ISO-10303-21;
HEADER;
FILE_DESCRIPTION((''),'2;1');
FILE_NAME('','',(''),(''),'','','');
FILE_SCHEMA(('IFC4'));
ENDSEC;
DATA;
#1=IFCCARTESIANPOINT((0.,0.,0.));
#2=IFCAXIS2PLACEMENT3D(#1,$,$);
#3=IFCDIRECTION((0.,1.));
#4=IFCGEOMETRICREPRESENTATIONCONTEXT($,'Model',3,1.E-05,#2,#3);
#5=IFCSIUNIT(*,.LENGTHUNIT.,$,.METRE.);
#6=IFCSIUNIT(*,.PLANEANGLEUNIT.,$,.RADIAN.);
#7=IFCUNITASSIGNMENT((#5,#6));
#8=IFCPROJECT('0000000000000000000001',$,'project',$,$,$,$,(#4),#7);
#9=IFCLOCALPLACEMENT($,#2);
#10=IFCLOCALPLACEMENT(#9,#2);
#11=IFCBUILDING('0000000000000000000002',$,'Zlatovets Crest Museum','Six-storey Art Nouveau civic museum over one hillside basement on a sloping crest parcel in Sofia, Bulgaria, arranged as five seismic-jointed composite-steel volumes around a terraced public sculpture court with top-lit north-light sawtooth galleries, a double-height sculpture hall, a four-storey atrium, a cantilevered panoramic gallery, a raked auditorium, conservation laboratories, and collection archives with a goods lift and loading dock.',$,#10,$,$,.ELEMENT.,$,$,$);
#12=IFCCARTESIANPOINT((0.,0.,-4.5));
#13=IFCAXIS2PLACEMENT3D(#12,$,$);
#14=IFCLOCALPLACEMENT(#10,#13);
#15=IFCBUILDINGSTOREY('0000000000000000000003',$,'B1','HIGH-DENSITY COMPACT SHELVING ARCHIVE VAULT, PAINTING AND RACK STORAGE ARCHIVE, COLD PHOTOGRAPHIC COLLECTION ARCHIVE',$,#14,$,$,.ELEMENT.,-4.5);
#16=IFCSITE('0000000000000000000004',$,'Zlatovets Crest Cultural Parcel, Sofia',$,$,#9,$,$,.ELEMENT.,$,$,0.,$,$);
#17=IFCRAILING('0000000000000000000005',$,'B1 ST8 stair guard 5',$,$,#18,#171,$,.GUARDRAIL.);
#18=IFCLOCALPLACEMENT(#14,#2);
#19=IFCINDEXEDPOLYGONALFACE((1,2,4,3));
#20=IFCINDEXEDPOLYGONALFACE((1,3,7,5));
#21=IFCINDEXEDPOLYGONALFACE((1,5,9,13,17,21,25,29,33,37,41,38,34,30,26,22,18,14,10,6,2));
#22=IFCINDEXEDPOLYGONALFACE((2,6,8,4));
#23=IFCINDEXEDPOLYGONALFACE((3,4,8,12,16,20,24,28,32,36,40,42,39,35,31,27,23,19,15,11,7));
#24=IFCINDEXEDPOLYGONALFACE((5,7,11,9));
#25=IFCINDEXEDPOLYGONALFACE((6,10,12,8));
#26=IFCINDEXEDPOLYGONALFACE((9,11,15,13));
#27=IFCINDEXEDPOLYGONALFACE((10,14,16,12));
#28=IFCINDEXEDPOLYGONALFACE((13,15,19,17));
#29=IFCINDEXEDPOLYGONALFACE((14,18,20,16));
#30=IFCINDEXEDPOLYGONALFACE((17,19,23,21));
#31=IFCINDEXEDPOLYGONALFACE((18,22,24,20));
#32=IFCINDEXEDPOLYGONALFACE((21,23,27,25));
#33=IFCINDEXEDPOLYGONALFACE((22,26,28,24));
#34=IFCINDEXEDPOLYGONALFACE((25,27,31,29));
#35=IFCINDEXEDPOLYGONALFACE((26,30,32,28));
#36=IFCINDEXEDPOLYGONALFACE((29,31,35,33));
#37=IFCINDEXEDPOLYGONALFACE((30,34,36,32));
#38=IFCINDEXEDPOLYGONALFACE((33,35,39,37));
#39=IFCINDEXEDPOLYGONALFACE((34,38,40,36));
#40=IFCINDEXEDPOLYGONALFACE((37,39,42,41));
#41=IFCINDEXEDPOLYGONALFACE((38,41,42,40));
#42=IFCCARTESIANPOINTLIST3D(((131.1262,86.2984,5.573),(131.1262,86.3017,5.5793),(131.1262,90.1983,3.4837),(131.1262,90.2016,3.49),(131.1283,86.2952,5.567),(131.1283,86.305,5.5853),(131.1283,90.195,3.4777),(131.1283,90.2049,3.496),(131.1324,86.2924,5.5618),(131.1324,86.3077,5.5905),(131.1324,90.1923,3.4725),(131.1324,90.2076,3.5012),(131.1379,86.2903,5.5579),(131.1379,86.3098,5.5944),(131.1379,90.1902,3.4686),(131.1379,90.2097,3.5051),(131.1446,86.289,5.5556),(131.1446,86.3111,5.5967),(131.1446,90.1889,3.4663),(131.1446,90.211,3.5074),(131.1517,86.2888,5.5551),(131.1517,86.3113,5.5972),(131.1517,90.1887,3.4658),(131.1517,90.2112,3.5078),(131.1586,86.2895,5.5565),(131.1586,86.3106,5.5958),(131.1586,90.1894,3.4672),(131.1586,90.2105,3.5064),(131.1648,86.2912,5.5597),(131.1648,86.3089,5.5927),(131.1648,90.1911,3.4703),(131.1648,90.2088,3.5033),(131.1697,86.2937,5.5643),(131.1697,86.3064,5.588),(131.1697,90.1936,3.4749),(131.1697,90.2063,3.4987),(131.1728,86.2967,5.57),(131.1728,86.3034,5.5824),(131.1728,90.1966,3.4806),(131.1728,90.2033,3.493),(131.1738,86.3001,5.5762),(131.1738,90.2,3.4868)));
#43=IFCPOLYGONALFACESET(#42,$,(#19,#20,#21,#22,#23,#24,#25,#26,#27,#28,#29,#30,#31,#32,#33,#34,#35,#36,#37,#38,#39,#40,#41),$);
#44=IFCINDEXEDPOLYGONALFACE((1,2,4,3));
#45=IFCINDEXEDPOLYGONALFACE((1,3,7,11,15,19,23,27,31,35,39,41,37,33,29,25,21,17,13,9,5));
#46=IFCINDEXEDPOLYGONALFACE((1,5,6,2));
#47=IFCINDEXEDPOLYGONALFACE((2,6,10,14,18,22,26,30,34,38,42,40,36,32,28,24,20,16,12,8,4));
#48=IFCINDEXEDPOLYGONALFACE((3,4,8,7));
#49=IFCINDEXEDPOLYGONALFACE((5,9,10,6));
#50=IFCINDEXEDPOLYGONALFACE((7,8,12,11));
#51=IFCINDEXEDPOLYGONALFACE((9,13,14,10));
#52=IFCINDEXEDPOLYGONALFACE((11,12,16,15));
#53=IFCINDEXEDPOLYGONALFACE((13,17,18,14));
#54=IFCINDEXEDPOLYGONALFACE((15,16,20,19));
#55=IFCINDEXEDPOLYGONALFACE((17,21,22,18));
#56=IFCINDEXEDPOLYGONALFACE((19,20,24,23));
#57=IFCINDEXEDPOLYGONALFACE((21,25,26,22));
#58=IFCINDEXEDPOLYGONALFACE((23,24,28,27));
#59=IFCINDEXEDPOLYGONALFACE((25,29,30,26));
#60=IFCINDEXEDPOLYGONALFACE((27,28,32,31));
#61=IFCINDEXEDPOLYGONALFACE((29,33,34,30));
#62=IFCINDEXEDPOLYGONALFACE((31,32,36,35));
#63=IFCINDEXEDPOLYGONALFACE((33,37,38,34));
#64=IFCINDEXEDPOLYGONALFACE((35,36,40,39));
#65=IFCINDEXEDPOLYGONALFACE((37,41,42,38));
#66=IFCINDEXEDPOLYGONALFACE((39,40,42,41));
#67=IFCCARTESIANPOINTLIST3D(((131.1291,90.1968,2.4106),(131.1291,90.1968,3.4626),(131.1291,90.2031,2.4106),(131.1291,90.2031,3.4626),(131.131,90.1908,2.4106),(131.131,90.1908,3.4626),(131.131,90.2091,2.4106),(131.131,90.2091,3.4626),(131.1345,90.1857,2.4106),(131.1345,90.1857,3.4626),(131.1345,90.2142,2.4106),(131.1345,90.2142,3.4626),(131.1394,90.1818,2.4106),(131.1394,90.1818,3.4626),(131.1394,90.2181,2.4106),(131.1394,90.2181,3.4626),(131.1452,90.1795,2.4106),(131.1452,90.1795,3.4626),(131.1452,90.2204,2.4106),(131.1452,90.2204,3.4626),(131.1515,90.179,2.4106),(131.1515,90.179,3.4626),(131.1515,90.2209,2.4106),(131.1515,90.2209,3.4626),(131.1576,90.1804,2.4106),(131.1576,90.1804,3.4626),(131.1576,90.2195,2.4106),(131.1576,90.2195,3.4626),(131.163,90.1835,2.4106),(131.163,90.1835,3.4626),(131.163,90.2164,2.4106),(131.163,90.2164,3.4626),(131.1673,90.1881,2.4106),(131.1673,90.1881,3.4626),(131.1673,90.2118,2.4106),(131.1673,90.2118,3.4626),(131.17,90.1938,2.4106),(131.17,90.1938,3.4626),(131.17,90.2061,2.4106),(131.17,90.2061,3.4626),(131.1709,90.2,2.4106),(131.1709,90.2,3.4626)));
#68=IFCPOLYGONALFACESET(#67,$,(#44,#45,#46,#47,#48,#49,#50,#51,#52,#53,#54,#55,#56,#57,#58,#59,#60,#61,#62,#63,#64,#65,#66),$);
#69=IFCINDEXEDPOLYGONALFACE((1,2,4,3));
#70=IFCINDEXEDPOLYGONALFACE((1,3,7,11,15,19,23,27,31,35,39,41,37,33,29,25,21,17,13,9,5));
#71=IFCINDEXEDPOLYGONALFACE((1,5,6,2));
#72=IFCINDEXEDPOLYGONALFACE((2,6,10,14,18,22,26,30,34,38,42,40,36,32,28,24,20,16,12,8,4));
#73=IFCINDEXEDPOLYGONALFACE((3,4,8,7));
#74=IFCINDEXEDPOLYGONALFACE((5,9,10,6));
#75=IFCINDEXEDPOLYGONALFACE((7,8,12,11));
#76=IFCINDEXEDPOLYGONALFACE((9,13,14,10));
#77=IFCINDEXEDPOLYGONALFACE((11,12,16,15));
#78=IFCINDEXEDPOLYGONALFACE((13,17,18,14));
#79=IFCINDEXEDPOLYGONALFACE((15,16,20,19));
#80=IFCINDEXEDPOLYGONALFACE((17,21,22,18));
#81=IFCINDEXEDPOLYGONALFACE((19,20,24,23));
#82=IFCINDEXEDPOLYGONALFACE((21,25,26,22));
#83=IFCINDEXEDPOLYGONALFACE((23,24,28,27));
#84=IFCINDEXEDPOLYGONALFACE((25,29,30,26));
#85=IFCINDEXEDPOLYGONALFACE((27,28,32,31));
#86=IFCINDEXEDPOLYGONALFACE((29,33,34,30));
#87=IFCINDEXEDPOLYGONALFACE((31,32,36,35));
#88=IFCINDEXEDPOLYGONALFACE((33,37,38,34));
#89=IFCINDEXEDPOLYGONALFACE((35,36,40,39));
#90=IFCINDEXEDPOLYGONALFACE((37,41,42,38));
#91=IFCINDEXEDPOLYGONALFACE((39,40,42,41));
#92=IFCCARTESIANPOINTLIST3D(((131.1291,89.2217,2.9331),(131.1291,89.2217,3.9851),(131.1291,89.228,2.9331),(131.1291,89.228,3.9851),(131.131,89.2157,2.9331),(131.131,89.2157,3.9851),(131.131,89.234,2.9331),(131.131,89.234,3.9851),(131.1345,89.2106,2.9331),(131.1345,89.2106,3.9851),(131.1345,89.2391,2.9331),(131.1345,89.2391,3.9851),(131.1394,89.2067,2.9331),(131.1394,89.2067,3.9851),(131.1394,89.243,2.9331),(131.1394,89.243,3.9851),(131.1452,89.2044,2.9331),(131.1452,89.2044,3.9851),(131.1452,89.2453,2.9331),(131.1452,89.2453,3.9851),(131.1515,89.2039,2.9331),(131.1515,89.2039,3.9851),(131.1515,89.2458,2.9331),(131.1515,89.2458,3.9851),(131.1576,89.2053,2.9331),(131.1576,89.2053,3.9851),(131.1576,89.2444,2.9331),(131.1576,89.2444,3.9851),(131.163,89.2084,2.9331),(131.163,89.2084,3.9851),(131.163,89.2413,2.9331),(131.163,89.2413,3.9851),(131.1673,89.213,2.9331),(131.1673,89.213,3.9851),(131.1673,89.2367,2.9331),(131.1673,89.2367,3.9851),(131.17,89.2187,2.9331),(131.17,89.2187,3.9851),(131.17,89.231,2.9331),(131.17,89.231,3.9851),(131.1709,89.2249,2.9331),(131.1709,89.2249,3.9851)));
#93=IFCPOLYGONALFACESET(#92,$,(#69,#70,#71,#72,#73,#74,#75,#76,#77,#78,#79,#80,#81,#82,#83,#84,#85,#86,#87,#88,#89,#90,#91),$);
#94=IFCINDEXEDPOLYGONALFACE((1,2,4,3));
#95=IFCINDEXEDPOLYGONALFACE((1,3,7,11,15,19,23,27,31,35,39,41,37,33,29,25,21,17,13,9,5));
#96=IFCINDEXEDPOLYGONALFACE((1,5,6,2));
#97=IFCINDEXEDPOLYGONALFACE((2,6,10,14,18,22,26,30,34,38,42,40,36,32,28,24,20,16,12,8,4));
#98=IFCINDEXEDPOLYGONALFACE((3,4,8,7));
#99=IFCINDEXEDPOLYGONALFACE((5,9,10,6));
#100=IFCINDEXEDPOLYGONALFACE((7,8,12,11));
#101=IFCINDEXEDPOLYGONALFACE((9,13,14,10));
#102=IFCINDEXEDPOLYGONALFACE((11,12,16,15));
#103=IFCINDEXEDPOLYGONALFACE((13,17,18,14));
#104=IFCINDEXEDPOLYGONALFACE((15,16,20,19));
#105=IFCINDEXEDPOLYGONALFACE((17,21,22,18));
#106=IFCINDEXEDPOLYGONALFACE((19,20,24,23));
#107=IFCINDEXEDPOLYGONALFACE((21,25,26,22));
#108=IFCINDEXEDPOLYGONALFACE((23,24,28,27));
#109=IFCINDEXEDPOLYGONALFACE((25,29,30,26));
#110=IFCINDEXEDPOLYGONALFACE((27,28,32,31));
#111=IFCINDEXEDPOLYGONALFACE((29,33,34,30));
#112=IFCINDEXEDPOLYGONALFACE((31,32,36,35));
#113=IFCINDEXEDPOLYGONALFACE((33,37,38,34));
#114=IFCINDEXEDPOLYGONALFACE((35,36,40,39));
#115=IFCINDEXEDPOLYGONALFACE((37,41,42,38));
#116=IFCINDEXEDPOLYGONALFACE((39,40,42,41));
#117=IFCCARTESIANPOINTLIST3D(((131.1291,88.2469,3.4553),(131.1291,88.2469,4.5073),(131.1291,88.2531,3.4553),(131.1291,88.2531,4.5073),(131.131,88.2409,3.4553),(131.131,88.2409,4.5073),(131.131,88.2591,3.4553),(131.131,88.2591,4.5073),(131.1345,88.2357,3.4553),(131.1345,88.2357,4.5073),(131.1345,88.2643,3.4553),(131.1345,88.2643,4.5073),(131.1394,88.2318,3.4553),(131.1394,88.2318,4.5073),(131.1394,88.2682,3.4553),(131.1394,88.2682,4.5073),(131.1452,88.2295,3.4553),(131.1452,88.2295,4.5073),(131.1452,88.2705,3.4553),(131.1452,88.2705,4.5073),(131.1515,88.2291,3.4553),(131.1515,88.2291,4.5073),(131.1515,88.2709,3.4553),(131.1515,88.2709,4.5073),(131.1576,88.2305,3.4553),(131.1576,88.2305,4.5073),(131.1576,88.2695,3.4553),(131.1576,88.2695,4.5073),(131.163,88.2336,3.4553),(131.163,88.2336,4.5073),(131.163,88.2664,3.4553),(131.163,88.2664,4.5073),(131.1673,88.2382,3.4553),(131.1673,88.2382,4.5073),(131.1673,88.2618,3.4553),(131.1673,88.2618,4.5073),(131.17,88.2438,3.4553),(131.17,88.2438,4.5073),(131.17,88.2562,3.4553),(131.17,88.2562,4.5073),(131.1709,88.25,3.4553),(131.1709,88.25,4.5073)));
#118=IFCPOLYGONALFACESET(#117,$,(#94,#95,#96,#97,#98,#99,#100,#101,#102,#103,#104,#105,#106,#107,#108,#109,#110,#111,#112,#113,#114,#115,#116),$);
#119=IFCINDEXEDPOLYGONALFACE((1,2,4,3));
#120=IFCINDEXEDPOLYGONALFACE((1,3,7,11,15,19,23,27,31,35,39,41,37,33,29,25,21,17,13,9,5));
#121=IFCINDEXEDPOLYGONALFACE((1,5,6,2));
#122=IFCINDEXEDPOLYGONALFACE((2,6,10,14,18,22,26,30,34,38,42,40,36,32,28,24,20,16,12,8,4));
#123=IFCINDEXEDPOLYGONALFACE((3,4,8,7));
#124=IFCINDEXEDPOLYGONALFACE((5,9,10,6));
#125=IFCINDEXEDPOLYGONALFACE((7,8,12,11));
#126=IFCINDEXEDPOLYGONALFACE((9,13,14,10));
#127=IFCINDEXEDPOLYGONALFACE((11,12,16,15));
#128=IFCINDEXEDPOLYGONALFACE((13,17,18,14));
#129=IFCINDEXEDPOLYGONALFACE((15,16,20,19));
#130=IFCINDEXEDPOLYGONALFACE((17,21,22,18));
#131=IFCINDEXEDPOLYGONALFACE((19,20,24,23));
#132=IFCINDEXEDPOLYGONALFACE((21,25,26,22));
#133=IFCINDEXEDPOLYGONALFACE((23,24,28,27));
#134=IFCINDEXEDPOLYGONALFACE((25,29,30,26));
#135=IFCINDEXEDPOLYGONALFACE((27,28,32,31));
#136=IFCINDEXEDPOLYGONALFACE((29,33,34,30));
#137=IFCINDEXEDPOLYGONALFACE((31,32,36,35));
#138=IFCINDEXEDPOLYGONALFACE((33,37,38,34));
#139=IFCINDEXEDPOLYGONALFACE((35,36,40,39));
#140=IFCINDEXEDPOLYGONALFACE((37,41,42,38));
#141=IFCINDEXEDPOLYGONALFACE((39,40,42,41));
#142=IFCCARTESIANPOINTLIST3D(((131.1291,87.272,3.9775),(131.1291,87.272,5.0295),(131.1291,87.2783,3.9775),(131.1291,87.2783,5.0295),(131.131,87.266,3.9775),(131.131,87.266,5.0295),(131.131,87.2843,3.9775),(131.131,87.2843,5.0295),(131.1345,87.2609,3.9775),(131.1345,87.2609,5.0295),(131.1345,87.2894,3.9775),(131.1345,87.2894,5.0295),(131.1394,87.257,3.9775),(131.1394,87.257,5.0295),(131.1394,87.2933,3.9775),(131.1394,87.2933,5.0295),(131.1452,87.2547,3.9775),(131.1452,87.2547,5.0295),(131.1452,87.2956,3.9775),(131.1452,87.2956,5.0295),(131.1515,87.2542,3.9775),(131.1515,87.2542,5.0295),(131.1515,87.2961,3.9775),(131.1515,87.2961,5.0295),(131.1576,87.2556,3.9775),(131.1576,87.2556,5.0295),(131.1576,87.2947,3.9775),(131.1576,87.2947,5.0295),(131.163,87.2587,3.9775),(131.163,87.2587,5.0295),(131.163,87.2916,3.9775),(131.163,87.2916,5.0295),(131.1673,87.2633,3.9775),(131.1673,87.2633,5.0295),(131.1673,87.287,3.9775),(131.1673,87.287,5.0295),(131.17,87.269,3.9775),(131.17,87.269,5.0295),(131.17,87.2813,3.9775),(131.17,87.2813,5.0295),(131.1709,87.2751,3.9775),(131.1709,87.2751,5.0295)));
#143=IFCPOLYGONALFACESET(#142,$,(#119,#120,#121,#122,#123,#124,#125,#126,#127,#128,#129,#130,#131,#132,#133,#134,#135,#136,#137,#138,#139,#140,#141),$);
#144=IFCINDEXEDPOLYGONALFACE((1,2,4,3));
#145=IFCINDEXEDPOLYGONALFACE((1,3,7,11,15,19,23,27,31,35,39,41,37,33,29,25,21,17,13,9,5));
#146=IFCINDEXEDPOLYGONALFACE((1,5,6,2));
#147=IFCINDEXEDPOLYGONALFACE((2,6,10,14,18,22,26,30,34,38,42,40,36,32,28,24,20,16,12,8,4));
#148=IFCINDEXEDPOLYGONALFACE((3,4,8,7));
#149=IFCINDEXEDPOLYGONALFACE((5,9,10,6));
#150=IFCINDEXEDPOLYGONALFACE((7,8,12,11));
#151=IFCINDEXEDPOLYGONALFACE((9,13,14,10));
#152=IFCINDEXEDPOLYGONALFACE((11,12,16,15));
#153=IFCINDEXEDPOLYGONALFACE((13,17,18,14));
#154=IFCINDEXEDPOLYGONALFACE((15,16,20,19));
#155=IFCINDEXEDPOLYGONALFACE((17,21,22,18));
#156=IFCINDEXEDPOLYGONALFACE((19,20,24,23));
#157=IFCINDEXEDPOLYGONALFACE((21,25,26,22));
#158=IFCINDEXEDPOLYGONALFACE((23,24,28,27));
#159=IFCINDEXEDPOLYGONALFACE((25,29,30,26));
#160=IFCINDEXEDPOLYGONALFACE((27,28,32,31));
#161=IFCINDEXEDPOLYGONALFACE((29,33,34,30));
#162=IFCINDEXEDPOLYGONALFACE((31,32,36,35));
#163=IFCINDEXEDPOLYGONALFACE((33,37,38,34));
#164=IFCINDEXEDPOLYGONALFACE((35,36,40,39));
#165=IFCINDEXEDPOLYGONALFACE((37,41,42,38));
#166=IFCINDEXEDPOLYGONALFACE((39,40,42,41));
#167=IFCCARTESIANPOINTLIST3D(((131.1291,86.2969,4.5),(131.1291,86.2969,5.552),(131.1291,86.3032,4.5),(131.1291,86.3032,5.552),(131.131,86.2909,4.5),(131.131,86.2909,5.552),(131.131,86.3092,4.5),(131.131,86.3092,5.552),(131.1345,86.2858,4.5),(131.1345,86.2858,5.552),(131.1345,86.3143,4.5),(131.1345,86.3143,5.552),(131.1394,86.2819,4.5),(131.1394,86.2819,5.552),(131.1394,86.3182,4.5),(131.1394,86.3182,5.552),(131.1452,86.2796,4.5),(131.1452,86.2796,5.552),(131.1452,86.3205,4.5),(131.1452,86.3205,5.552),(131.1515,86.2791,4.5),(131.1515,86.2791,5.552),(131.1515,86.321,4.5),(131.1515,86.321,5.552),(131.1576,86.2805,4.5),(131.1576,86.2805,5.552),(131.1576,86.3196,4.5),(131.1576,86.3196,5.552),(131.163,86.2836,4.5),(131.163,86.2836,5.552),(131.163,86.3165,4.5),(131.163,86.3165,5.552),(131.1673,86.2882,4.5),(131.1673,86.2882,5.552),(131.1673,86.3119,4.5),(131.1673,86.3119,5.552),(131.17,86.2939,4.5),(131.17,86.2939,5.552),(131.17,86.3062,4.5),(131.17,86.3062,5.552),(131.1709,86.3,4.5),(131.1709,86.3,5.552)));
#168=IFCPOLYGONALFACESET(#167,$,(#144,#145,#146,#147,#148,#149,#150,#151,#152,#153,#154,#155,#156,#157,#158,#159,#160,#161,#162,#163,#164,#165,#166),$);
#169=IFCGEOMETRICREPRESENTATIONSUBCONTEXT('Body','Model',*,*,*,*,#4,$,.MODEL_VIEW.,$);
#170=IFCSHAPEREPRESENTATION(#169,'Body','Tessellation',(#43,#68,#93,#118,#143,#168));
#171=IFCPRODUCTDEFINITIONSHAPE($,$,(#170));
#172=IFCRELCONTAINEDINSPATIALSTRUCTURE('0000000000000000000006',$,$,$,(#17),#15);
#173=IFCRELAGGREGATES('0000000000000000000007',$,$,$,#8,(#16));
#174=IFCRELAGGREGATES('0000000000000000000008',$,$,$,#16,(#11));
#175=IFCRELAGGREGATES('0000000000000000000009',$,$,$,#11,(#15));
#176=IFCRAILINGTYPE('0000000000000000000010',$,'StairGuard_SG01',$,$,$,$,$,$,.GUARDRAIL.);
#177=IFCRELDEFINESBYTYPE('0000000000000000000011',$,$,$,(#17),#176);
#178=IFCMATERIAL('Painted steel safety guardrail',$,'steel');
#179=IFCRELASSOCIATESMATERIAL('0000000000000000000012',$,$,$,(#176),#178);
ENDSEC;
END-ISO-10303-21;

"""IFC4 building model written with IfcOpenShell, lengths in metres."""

from ifc_helpers import new_model, si_unit, direction, frame, origin, origin_2d, place, context, subcontext, project, spatial, circle, extrude, material, type_object, element, save


model = new_model("IFC4")

# Units and contexts
model_context = context("Model", 3, precision=1e-05, world=origin(), true_north=direction((0.0, 1.0)))
body_context = subcontext(model_context, "Body", "Model", "MODEL_VIEW")
ifc_project = project(units=[si_unit("LENGTHUNIT", "METRE"), si_unit("PLANEANGLEUNIT", "RADIAN")], contexts=[model_context])

# Site, building, storey
site_placement = place(None, origin())
site = spatial("IfcSite", under=ifc_project, at=site_placement, Name="Zlatovets Crest Cultural Parcel, Sofia", CompositionType="ELEMENT", RefElevation=0.0)
building_placement = place(site_placement, origin())
building = spatial("IfcBuilding", under=site, at=building_placement, Name="Zlatovets Crest Museum", Description="Six-storey Art Nouveau civic museum over one hillside basement on a sloping crest parcel in Sofia, Bulgaria, arranged as five seismic-jointed composite-steel volumes around a terraced public sculpture court with top-lit north-light sawtooth galleries, a double-height sculpture hall, a four-storey atrium, a cantilevered panoramic gallery, a raked auditorium, conservation laboratories, and collection archives with a goods lift and loading dock.", CompositionType="ELEMENT")
storey_placement = place(building_placement, frame((0.0, 0.0, -4.5)))
storey = spatial("IfcBuildingStorey", under=building, at=storey_placement, Name="B1", Description="HIGH-DENSITY COMPACT SHELVING ARCHIVE VAULT, PAINTING AND RACK STORAGE ARCHIVE, COLD PHOTOGRAPHIC COLLECTION ARCHIVE", CompositionType="ELEMENT", Elevation=-4.5)

# Railing
ifc_material_1 = material(Name="Painted steel safety guardrail", Category="steel")
railing_type_1 = type_object("IfcRailingType", Name="StairGuard_SG01", PredefinedType="GUARDRAIL", material=ifc_material_1)
railing_1_placement = place(storey_placement, frame((131.1499, 90.2, 2.4106)))
element("IfcRailing", 1, at=railing_1_placement, inside=storey, type_object=railing_type_1, Name="B1 ST8 stair guard 5", PredefinedType="GUARDRAIL", context=body_context, shape_type="SweptSolid", body=[
    extrude(circle(Radius=0.0239, at=origin_2d()), frame((0.0, 0.0, 1.0762), z_axis=(0.0, -0.881468, 0.472243), x_axis=(1.0, 0.0, 0.0)), (0.0, 0.0, 1.0), 4.4243),
    extrude(circle(Radius=0.021, at=origin_2d()), origin(), (0.0, 0.0, 1.0), 1.052),
    extrude(circle(Radius=0.021, at=origin_2d()), frame((0.0, -0.9751, 0.5225)), (0.0, 0.0, 1.0), 1.052),
    extrude(circle(Radius=0.021, at=origin_2d()), frame((0.0, -1.95, 1.0447)), (0.0, 0.0, 1.0), 1.052),
    extrude(circle(Radius=0.021, at=origin_2d()), frame((0.0, -2.9248, 1.5669)), (0.0, 0.0, 1.0), 1.052),
    extrude(circle(Radius=0.021, at=origin_2d()), frame((0.0, -3.8999, 2.0894)), (0.0, 0.0, 1.0), 1.052),
])

save(model, "model.ifc")
